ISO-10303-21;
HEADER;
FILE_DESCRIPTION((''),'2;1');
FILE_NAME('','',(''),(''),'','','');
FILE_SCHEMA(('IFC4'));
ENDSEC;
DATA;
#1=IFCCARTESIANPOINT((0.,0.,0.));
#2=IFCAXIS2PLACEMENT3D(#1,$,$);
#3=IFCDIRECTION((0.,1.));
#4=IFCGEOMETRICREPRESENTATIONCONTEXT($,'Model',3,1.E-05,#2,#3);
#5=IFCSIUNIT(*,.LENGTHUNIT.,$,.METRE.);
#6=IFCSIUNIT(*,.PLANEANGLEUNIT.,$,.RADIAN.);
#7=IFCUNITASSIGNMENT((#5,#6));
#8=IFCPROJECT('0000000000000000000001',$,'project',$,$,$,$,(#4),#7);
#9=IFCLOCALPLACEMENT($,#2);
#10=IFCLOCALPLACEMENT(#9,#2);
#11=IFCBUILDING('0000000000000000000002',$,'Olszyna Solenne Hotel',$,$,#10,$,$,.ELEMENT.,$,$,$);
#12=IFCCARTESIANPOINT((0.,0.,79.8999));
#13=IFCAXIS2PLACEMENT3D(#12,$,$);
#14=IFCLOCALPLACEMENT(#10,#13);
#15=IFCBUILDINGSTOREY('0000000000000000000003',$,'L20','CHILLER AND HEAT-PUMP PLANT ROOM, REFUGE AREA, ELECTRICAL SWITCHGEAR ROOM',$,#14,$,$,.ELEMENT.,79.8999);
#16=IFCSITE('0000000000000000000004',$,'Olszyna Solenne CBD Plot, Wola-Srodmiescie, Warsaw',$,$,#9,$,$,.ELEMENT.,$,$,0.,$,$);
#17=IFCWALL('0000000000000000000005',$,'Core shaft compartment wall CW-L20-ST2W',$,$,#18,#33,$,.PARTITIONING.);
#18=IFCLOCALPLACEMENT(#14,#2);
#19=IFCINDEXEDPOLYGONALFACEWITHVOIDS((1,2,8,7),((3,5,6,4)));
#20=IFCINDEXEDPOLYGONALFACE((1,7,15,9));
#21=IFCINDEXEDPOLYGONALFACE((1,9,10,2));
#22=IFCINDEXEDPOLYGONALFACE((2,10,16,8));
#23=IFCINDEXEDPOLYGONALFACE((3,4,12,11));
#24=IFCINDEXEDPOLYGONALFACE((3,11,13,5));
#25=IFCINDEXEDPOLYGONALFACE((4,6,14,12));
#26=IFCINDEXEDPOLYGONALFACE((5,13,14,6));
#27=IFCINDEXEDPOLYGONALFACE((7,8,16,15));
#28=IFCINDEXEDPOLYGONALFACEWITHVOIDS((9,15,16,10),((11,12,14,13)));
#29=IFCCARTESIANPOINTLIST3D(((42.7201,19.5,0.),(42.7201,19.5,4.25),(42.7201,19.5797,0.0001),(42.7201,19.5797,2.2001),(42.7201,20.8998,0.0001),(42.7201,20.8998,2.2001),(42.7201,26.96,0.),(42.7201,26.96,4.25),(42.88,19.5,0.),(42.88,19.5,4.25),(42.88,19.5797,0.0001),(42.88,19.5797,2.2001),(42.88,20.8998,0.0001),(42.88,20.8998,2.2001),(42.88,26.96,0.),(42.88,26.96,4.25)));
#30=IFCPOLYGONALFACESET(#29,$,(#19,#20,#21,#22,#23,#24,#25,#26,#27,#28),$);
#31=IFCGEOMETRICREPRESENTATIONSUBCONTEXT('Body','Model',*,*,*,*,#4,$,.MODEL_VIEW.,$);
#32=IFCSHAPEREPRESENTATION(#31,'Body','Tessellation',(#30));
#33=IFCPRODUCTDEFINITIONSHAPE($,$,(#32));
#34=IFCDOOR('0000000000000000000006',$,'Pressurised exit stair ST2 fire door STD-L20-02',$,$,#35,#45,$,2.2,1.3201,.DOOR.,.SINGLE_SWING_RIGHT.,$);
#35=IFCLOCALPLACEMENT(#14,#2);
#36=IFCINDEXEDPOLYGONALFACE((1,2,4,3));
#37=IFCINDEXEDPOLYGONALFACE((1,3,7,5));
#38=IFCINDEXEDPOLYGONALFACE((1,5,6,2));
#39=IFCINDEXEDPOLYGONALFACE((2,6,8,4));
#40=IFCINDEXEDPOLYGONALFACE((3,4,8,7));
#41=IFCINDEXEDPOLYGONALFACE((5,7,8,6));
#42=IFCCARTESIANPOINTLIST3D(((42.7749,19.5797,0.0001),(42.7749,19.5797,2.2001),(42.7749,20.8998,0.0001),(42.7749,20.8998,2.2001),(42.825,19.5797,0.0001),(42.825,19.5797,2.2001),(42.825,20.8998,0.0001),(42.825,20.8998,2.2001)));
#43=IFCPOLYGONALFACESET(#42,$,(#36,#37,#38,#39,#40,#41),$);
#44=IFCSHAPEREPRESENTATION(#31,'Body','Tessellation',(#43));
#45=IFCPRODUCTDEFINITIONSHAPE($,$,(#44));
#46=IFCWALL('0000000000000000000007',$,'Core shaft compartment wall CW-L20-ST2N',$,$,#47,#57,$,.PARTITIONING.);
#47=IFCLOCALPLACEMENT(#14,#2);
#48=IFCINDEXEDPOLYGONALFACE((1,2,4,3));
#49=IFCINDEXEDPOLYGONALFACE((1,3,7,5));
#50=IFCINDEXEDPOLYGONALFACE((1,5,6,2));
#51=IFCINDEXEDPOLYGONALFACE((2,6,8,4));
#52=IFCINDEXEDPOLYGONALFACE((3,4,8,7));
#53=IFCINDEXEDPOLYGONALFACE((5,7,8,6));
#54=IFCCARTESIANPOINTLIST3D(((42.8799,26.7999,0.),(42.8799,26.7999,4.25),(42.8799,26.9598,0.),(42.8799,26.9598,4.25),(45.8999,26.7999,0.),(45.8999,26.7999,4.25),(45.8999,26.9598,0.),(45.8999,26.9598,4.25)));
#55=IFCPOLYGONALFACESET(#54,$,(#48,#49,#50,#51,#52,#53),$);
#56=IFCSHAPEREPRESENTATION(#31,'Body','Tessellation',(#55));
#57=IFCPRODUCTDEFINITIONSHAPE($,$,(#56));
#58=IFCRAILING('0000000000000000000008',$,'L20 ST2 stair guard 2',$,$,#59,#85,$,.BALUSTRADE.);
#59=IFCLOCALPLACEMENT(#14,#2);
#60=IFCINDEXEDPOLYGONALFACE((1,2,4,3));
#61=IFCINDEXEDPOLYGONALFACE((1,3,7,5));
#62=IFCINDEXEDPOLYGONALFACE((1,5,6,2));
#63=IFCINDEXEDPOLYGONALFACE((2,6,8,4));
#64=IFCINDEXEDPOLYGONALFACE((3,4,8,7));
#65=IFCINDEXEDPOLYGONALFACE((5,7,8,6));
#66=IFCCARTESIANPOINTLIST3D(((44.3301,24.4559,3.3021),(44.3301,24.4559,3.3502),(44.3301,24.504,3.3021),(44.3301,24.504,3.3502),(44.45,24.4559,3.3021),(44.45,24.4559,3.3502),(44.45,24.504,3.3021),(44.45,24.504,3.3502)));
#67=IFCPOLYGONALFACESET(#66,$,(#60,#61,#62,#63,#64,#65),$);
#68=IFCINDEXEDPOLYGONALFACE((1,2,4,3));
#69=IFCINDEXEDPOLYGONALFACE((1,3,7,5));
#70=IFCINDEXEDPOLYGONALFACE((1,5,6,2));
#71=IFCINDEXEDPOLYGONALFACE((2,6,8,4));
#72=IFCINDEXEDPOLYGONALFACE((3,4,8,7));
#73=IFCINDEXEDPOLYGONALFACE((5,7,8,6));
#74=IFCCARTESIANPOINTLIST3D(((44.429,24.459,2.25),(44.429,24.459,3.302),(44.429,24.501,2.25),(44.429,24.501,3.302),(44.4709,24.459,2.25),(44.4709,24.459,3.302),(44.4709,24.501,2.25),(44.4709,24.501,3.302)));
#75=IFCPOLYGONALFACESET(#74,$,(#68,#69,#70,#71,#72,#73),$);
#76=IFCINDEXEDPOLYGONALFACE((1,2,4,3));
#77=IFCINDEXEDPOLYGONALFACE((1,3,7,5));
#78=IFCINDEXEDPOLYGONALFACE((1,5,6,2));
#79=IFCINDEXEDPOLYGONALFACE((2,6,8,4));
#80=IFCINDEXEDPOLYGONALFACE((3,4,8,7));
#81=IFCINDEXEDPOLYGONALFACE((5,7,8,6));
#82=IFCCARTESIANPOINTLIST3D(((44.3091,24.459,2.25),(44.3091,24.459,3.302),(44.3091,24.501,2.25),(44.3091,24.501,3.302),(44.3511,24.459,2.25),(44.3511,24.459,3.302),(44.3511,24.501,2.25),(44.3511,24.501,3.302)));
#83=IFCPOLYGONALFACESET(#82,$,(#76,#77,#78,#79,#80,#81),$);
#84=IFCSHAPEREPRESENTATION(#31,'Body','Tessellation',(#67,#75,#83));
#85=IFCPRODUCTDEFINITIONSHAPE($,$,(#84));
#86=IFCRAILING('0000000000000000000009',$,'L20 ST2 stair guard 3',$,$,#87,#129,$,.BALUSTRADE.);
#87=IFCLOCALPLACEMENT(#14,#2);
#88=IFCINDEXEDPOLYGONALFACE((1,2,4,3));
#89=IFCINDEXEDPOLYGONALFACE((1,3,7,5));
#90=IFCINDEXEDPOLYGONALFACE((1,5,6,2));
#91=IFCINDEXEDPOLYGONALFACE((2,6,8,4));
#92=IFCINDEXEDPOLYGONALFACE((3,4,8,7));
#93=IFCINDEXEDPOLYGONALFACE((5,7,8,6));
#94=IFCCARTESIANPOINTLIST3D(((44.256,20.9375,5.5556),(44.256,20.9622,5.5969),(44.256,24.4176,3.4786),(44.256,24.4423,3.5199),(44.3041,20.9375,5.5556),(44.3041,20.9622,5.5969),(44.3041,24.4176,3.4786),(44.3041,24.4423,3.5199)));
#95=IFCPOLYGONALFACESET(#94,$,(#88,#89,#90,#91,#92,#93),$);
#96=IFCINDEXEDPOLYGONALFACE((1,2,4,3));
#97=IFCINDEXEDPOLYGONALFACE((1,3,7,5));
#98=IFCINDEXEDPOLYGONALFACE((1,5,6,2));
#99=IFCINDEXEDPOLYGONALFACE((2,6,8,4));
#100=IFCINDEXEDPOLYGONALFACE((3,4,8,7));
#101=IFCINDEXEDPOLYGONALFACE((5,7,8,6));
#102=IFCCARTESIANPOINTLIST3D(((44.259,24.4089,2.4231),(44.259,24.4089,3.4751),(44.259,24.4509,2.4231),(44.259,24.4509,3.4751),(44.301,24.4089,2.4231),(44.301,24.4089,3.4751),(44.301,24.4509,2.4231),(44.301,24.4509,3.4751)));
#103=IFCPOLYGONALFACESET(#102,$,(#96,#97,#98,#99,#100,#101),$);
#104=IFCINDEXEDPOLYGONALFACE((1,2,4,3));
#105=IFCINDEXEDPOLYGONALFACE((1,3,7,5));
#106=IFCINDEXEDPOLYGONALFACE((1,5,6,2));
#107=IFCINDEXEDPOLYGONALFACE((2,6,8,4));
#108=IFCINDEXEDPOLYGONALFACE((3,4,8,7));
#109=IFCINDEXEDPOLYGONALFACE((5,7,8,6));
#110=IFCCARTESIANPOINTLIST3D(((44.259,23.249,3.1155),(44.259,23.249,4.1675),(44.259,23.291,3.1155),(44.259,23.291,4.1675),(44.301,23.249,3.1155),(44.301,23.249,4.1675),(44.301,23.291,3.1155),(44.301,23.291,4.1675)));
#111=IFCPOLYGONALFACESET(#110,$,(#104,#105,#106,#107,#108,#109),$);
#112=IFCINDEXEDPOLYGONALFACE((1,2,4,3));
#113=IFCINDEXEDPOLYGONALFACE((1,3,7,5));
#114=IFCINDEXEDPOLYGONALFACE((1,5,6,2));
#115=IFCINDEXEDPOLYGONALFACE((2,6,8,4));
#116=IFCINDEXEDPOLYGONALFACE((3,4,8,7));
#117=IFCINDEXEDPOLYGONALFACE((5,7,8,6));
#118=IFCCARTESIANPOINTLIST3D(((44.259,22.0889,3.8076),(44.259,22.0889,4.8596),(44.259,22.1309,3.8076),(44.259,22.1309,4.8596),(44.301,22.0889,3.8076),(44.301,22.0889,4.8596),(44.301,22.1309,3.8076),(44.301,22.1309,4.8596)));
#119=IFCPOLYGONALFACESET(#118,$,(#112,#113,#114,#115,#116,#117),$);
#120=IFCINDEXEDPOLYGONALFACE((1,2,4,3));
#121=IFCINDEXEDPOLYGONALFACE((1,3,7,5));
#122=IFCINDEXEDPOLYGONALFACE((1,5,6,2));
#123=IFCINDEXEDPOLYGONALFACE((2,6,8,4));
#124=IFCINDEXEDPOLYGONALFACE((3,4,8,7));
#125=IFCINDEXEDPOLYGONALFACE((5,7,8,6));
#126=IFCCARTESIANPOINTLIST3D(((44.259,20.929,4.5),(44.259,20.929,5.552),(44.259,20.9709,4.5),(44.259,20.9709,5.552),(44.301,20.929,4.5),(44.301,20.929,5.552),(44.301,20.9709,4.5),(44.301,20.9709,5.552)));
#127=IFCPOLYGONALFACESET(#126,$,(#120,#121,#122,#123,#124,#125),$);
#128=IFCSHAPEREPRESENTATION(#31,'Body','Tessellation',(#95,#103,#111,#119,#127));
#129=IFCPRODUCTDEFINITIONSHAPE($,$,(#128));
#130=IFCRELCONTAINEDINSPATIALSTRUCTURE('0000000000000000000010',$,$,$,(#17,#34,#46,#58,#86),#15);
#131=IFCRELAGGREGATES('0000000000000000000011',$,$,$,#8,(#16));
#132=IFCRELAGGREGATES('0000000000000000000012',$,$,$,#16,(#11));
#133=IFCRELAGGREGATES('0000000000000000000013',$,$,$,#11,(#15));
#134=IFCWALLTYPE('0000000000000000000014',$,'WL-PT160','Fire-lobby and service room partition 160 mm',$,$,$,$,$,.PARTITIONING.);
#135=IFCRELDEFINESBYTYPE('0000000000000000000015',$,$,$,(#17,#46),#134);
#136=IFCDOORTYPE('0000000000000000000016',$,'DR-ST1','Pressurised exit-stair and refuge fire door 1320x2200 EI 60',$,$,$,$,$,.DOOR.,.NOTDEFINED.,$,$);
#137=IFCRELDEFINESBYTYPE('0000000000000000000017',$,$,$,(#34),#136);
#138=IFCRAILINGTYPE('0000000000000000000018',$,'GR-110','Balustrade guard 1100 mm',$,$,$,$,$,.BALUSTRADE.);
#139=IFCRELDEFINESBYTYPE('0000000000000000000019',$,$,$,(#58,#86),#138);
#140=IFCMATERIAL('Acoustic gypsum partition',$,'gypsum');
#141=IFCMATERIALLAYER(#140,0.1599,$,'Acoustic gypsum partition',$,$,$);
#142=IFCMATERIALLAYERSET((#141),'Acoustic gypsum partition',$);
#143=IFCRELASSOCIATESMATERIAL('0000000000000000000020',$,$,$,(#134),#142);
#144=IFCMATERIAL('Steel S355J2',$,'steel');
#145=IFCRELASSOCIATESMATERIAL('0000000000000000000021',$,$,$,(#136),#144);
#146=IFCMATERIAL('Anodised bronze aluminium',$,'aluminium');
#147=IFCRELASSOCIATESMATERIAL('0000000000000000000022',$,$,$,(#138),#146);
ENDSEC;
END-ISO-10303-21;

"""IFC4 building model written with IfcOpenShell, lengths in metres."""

from ifc_helpers import new_model, si_unit, direction, frame, frame_2d, origin, origin_2d, place, context, subcontext, project, spatial, rectangle, extrude, source, transform, mapped, material, layer, layer_set, type_object, type_shapes, element, fill, save


model = new_model("IFC4")

# Units and contexts
model_context = context("Model", 3, precision=1e-05, world=origin(), true_north=direction((0.0, 1.0)))
body_context = subcontext(model_context, "Body", "Model", "MODEL_VIEW")
ifc_project = project(units=[si_unit("LENGTHUNIT", "METRE"), si_unit("PLANEANGLEUNIT", "RADIAN")], contexts=[model_context])

# Site, building, storey
site_placement = place(None, origin())
site = spatial("IfcSite", under=ifc_project, at=site_placement, Name="Olszyna Solenne CBD Plot, Wola-Srodmiescie, Warsaw", CompositionType="ELEMENT", RefElevation=0.0)
building_placement = place(site_placement, origin())
building = spatial("IfcBuilding", under=site, at=building_placement, Name="Olszyna Solenne Hotel", CompositionType="ELEMENT")
storey_placement = place(building_placement, frame((0.0, 0.0, 79.8999)))
storey = spatial("IfcBuildingStorey", under=building, at=storey_placement, Name="L20", Description="CHILLER AND HEAT-PUMP PLANT ROOM, REFUGE AREA, ELECTRICAL SWITCHGEAR ROOM", CompositionType="ELEMENT", Elevation=79.8999)

# Shared definitions
ifc_material_1 = material(Name="Steel S355J2", Category="steel")

# Shared definitions
ifc_material_2 = material(Name="Acoustic gypsum partition", Category="gypsum")

# Wall, opening, door
ifc_layer_1 = layer(ifc_material_2, 0.1599, Name="Acoustic gypsum partition")
ifc_layer_set_1 = layer_set([ifc_layer_1], Name="Acoustic gypsum partition")
wall_type_1 = type_object("IfcWallType", Name="WL-PT160", Description="Fire-lobby and service room partition 160 mm", PredefinedType="PARTITIONING", material=ifc_layer_set_1)
wall_1_placement = place(storey_placement, frame((42.8, 26.96, 0.0), z_axis=(0.0, 0.0, 1.0), x_axis=(0.0, -1.0, 0.0)))
wall_1 = element("IfcWall", 1, at=wall_1_placement, inside=storey, type_object=wall_type_1, Name="Core shaft compartment wall CW-L20-ST2W", PredefinedType="PARTITIONING", context=body_context, shape_type="SweptSolid", body=[
    extrude(rectangle(XDim=7.46, YDim=0.1599, at=frame_2d((3.73, 0.0))), origin(), (0.0, 0.0, 1.0), 4.25),
])
opening_placement = place(wall_1_placement, frame((6.0601, 0.0, 0.0)))
opening = element("IfcOpeningElement", 2, at=opening_placement, cuts=wall_1, PredefinedType="OPENING", context=body_context, shape_type="SweptSolid", body=[
    extrude(rectangle(XDim=1.3201, YDim=2.2, at=frame_2d((0.6602, 1.1001))), frame((0.0, 0.0898, 0.0), z_axis=(0.0, -1.0, 0.0), x_axis=(1.0, 0.0, 0.0)), (0.0, 0.0, 1.0), 0.1799),
])
door_type = type_object("IfcDoorType", Name="DR-ST1", Description="Pressurised exit-stair and refuge fire door 1320x2200 EI 60", OperationType="NOTDEFINED", PredefinedType="DOOR", material=ifc_material_1)
shared_shape_1 = source(origin(), body_context, "Body", "SweptSolid", [
    extrude(rectangle(XDim=1.3201, YDim=2.2, at=frame_2d((0.6602, 1.1001))), frame((0.0, 0.0249, 0.0), z_axis=(0.0, -1.0, 0.0), x_axis=(1.0, 0.0, 0.0)), (0.0, 0.0, 1.0), 0.05),
])
type_shapes(door_type, [shared_shape_1])
door_placement = place(opening_placement, origin())
door = element("IfcDoor", 3, at=door_placement, inside=storey, type_object=door_type, Name="Pressurised exit stair ST2 fire door STD-L20-02", OperationType="SINGLE_SWING_RIGHT", OverallHeight=2.2, OverallWidth=1.3201, PredefinedType="DOOR", context=body_context, shape_type="MappedRepresentation", body=[
    mapped(shared_shape_1, transform((0.0, 0.0, 0.0), x_axis=(1.0, 0.0, 0.0), y_axis=(0.0, 1.0, 0.0), z_axis=(0.0, 0.0, 1.0), scale=1.0)),
])
fill(opening, door)

# Wall
wall_2_placement = place(storey_placement, frame((42.8799, 26.8799, 0.0), z_axis=(0.0, 0.0, 1.0), x_axis=(1.0, 0.0, 0.0)))
element("IfcWall", 4, at=wall_2_placement, inside=storey, type_object=wall_type_1, Name="Core shaft compartment wall CW-L20-ST2N", PredefinedType="PARTITIONING", context=body_context, shape_type="SweptSolid", body=[
    extrude(rectangle(XDim=3.02, YDim=0.1599, at=frame_2d((1.51, 0.0))), origin(), (0.0, 0.0, 1.0), 4.25),
])

# Railings
ifc_material_3 = material(Name="Anodised bronze aluminium", Category="aluminium")
railing_type = type_object("IfcRailingType", Name="GR-110", Description="Balustrade guard 1100 mm", PredefinedType="BALUSTRADE", material=ifc_material_3)
railing_1_placement = place(storey_placement, frame((44.45, 24.48, 2.25)))
element("IfcRailing", 5, at=railing_1_placement, inside=storey, type_object=railing_type, Name="L20 ST2 stair guard 2", PredefinedType="BALUSTRADE", context=body_context, shape_type="SweptSolid", body=[
    extrude(rectangle(XDim=0.0481, YDim=0.0481, at=origin_2d()), frame((0.0, 0.0, 1.0762), z_axis=(-1.0, 0.0, 0.0), x_axis=(0.0, -1.0, 0.0)), (0.0, 0.0, 1.0), 0.1199),
    extrude(rectangle(XDim=0.042, YDim=0.042, at=origin_2d()), origin(), (0.0, 0.0, 1.0), 1.052),
    extrude(rectangle(XDim=0.042, YDim=0.042, at=origin_2d()), frame((-0.1199, 0.0, 0.0)), (0.0, 0.0, 1.0), 1.052),
])
railing_2_placement = place(storey_placement, frame((44.28, 24.4299, 2.4231)))
element("IfcRailing", 6, at=railing_2_placement, inside=storey, type_object=railing_type, Name="L20 ST2 stair guard 3", PredefinedType="BALUSTRADE", context=body_context, shape_type="SweptSolid", body=[
    extrude(rectangle(XDim=0.0481, YDim=0.0481, at=origin_2d()), frame((0.0, 0.0, 1.0762), z_axis=(0.0, -0.858697, 0.512483), x_axis=(1.0, 0.0, 0.0)), (0.0, 0.0, 1.0), 4.0527),
    extrude(rectangle(XDim=0.042, YDim=0.042, at=origin_2d()), origin(), (0.0, 0.0, 1.0), 1.052),
    extrude(rectangle(XDim=0.042, YDim=0.042, at=origin_2d()), frame((0.0, -1.1599, 0.6924)), (0.0, 0.0, 1.0), 1.052),
    extrude(rectangle(XDim=0.042, YDim=0.042, at=origin_2d()), frame((0.0, -2.3201, 1.3845)), (0.0, 0.0, 1.0), 1.052),
    extrude(rectangle(XDim=0.042, YDim=0.042, at=origin_2d()), frame((0.0, -3.48, 2.0769)), (0.0, 0.0, 1.0), 1.052),
])

save(model, "model.ifc")
